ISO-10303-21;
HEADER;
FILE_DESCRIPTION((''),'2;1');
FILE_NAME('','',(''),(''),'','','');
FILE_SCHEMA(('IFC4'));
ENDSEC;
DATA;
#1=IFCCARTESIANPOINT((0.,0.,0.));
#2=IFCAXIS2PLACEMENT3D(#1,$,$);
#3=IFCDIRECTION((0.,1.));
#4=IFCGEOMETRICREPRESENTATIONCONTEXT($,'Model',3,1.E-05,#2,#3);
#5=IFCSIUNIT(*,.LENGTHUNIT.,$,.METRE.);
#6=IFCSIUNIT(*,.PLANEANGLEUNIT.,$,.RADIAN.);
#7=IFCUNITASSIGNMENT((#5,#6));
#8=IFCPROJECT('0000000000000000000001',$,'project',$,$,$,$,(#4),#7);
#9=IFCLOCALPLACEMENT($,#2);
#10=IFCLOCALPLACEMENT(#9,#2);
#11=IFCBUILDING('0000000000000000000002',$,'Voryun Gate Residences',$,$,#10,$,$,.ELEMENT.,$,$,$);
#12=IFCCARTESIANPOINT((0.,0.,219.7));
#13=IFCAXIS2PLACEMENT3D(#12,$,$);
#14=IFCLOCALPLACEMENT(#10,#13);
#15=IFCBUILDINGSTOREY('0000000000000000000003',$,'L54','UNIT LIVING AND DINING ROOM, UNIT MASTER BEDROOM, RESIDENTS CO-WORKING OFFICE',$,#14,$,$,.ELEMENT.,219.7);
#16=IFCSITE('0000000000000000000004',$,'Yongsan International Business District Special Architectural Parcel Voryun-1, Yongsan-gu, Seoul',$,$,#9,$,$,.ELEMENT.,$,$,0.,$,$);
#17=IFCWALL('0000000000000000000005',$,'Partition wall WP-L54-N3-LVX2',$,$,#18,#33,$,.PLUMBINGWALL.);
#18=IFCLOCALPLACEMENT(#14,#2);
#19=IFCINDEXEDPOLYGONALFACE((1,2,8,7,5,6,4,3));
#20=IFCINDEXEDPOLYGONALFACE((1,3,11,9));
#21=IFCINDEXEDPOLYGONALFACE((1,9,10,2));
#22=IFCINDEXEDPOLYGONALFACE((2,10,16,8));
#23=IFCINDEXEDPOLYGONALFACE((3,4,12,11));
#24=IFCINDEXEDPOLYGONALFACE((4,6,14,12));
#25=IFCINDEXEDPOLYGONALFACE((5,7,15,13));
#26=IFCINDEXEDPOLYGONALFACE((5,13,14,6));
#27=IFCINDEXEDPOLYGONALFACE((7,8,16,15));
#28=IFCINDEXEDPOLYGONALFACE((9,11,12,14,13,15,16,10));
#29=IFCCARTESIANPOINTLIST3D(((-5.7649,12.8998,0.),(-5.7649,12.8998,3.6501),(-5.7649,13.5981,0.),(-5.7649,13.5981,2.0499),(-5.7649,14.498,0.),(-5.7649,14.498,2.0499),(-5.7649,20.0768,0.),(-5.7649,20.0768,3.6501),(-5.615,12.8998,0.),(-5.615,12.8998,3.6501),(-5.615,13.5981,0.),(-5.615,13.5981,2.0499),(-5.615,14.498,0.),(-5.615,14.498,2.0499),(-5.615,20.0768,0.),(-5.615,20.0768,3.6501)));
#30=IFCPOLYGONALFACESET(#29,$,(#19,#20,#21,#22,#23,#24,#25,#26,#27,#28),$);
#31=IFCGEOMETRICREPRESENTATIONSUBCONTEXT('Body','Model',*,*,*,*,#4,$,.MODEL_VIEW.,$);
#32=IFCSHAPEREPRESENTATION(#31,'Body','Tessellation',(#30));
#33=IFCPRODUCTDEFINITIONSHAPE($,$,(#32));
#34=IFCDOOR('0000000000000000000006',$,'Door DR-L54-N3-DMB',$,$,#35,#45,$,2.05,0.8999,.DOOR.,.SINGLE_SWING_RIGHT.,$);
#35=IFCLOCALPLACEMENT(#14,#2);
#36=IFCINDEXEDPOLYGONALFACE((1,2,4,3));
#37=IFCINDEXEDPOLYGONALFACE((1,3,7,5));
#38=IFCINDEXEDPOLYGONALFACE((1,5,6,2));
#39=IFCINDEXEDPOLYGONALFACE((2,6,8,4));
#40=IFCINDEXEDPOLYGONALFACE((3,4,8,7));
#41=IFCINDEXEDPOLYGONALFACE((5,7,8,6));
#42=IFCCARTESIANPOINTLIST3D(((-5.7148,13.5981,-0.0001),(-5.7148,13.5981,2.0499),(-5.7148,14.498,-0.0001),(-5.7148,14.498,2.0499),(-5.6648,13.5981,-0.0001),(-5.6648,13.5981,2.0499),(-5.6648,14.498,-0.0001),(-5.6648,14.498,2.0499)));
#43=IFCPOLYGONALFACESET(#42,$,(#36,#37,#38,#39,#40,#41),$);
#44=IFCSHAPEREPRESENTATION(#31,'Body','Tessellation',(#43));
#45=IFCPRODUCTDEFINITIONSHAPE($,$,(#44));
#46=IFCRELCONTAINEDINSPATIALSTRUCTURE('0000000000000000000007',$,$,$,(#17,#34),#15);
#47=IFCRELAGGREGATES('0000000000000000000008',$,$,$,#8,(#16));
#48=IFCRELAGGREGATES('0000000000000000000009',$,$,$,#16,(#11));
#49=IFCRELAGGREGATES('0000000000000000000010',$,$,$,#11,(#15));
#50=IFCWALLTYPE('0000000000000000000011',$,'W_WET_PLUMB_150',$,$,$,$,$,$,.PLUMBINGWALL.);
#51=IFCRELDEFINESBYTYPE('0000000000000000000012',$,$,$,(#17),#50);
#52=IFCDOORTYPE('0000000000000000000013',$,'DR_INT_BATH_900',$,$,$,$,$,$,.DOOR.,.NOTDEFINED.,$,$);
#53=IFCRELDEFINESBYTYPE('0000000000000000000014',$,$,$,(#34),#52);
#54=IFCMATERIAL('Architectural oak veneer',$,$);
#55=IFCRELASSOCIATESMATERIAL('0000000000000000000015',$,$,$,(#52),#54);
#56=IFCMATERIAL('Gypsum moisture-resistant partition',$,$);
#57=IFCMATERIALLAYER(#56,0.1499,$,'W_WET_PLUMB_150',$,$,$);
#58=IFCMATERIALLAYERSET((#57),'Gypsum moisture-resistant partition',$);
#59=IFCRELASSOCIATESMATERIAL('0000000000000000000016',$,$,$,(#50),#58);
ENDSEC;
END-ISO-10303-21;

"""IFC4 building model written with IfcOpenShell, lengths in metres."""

from ifc_helpers import new_model, si_unit, direction, frame, frame_2d, origin, place, context, subcontext, project, spatial, rectangle, extrude, material, layer, layer_set, type_object, element, fill, save


model = new_model("IFC4")

# Units and contexts
model_context = context("Model", 3, precision=1e-05, world=origin(), true_north=direction((0.0, 1.0)))
body_context = subcontext(model_context, "Body", "Model", "MODEL_VIEW")
ifc_project = project(units=[si_unit("LENGTHUNIT", "METRE"), si_unit("PLANEANGLEUNIT", "RADIAN")], contexts=[model_context])

# Site, building, storey
site_placement = place(None, origin())
site = spatial("IfcSite", under=ifc_project, at=site_placement, Name="Yongsan International Business District Special Architectural Parcel Voryun-1, Yongsan-gu, Seoul", CompositionType="ELEMENT", RefElevation=0.0)
building_placement = place(site_placement, origin())
building = spatial("IfcBuilding", under=site, at=building_placement, Name="Voryun Gate Residences", CompositionType="ELEMENT")
storey_placement = place(building_placement, frame((0.0, 0.0, 219.7)))
storey = spatial("IfcBuildingStorey", under=building, at=storey_placement, Name="L54", Description="UNIT LIVING AND DINING ROOM, UNIT MASTER BEDROOM, RESIDENTS CO-WORKING OFFICE", CompositionType="ELEMENT", Elevation=219.7)

# Shared definitions
ifc_material_1 = material(Name="Architectural oak veneer")
door_type_1 = type_object("IfcDoorType", Name="DR_INT_BATH_900", OperationType="NOTDEFINED", PredefinedType="DOOR", material=ifc_material_1)

# Shared definitions
ifc_material_2 = material(Name="Gypsum moisture-resistant partition")
ifc_layer_1 = layer(ifc_material_2, 0.1499, Name="W_WET_PLUMB_150")
ifc_layer_set_1 = layer_set([ifc_layer_1], Name="Gypsum moisture-resistant partition")
wall_type_1 = type_object("IfcWallType", Name="W_WET_PLUMB_150", PredefinedType="PLUMBINGWALL", material=ifc_layer_set_1)

# Wall, opening, door
wall_1_placement = place(storey_placement, frame((-5.6899, 12.8999, 0.0), z_axis=(0.0, 0.0, 1.0), x_axis=(0.0, 1.0, 0.0)))
wall_1 = element("IfcWall", 1, at=wall_1_placement, inside=storey, type_object=wall_type_1, Name="Partition wall WP-L54-N3-LVX2", PredefinedType="PLUMBINGWALL", context=body_context, shape_type="SweptSolid", body=[
    extrude(rectangle(XDim=7.177, YDim=0.1499, at=frame_2d((3.5884, 0.0))), origin(), (0.0, 0.0, 1.0), 3.6501),
])
opening_1_placement = place(wall_1_placement, frame((0.6982, 0.0, 0.0)))
opening_1 = element("IfcOpeningElement", 2, at=opening_1_placement, cuts=wall_1, PredefinedType="OPENING", context=body_context, shape_type="SweptSolid", body=[
    extrude(rectangle(XDim=0.8999, YDim=2.05, at=frame_2d((0.45, 1.0249))), frame((0.0, 0.085, 0.0), z_axis=(0.0, -1.0, 0.0), x_axis=(1.0, 0.0, 0.0)), (0.0, 0.0, 1.0), 0.1699),
])
door_1_placement = place(opening_1_placement, origin())
door_1 = element("IfcDoor", 3, at=door_1_placement, inside=storey, type_object=door_type_1, Name="Door DR-L54-N3-DMB", OperationType="SINGLE_SWING_RIGHT", OverallHeight=2.05, OverallWidth=0.8999, PredefinedType="DOOR", context=body_context, shape_type="SweptSolid", body=[
    extrude(rectangle(XDim=0.8999, YDim=2.05, at=frame_2d((0.45, 1.0249))), frame((0.0, 0.0249, 0.0), z_axis=(0.0, -1.0, 0.0), x_axis=(1.0, 0.0, 0.0)), (0.0, 0.0, 1.0), 0.05),
])
fill(opening_1, door_1)

save(model, "model.ifc")
